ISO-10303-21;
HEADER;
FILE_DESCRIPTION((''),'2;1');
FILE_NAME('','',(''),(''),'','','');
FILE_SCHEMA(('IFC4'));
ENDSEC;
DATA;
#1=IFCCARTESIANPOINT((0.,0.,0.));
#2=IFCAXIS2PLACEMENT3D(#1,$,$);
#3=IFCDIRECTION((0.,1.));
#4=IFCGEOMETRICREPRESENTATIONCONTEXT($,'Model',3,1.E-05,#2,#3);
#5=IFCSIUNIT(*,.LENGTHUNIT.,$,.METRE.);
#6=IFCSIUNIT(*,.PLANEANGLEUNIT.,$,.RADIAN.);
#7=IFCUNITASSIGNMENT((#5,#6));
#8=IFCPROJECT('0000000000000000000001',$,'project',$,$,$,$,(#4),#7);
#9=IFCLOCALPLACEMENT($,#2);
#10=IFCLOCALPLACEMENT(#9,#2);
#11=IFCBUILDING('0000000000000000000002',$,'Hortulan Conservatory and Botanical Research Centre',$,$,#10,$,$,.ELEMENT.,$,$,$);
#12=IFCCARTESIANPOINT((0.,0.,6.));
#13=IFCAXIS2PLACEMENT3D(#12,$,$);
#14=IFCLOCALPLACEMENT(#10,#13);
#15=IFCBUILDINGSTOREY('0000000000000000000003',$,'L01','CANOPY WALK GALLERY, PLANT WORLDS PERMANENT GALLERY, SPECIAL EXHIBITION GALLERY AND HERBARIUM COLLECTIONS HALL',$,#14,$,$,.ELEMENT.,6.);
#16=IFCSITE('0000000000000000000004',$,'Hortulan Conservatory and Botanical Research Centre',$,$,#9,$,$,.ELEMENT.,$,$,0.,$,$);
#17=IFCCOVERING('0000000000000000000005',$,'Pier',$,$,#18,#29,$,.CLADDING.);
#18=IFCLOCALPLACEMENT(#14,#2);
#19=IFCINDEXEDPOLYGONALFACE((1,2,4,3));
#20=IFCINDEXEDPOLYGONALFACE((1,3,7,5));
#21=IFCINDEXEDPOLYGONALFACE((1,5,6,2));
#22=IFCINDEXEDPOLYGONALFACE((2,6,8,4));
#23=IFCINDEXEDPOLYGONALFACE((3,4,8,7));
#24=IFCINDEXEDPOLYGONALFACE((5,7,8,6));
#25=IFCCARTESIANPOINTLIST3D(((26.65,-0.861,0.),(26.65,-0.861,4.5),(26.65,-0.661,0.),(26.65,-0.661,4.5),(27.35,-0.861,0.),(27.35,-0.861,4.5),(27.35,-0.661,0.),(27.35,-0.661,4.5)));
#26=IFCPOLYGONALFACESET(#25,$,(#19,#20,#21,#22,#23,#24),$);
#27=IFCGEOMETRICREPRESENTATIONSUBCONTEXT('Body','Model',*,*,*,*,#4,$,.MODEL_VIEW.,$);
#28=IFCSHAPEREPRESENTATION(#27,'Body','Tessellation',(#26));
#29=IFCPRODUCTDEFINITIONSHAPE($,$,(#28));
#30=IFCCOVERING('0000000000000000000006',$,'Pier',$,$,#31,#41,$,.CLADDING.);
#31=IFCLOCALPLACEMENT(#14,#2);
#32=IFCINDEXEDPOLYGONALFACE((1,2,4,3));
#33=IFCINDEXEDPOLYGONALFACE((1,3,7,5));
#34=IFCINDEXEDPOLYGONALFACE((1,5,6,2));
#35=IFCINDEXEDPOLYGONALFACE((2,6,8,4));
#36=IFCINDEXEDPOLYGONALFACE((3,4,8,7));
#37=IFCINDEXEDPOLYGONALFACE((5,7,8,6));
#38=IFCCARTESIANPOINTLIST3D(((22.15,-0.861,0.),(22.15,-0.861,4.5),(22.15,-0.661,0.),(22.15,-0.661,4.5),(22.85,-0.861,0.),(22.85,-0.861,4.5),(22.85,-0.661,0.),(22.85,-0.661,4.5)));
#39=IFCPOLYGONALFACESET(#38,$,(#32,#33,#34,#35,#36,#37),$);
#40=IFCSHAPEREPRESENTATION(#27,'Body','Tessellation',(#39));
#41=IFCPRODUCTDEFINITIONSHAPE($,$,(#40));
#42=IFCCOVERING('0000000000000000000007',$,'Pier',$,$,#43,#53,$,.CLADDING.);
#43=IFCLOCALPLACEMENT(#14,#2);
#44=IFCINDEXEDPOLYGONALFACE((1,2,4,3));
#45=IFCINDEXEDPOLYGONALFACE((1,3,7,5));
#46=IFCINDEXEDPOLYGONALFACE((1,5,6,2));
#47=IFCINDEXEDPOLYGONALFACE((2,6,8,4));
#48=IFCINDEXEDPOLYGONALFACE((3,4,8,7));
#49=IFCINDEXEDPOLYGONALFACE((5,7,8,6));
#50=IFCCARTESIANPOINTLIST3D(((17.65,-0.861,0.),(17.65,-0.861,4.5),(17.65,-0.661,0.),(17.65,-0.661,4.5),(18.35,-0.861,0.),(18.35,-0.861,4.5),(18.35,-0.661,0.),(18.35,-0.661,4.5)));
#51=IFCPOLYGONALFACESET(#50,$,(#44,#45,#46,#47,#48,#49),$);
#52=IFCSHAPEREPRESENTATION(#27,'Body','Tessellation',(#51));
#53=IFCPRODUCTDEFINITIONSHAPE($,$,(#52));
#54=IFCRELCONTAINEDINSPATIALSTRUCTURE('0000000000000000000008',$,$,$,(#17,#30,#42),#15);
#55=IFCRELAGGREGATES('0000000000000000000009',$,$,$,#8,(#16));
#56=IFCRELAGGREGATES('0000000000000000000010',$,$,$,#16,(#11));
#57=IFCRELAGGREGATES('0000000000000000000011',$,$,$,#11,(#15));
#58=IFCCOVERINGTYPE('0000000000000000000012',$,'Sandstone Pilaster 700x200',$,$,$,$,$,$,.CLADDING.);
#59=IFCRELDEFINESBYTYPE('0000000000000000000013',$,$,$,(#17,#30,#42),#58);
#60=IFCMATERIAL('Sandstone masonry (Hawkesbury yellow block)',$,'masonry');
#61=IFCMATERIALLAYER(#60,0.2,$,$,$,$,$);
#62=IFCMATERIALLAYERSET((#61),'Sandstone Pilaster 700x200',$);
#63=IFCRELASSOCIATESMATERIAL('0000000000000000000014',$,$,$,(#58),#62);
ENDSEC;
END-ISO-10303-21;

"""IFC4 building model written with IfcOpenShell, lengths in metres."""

from ifc_helpers import new_model, si_unit, direction, frame, origin, origin_2d, place, context, subcontext, project, spatial, rectangle, extrude, material, layer, layer_set, type_object, element, save


model = new_model("IFC4")

# Units and contexts
model_context = context("Model", 3, precision=1e-05, world=origin(), true_north=direction((0.0, 1.0)))
body_context = subcontext(model_context, "Body", "Model", "MODEL_VIEW")
ifc_project = project(units=[si_unit("LENGTHUNIT", "METRE"), si_unit("PLANEANGLEUNIT", "RADIAN")], contexts=[model_context])

# Site, building, storey
site_placement = place(None, origin())
site = spatial("IfcSite", under=ifc_project, at=site_placement, Name="Hortulan Conservatory and Botanical Research Centre", CompositionType="ELEMENT", RefElevation=0.0)
building_placement = place(site_placement, origin())
building = spatial("IfcBuilding", under=site, at=building_placement, Name="Hortulan Conservatory and Botanical Research Centre", CompositionType="ELEMENT")
storey_placement = place(building_placement, frame((0.0, 0.0, 6.0)))
storey = spatial("IfcBuildingStorey", under=building, at=storey_placement, Name="L01", Description="CANOPY WALK GALLERY, PLANT WORLDS PERMANENT GALLERY, SPECIAL EXHIBITION GALLERY AND HERBARIUM COLLECTIONS HALL", CompositionType="ELEMENT", Elevation=6.0)

# Coverings
ifc_material_1 = material(Name="Sandstone masonry (Hawkesbury yellow block)", Category="masonry")
ifc_layer_1 = layer(ifc_material_1, 0.2)
ifc_layer_set_1 = layer_set([ifc_layer_1], Name="Sandstone Pilaster 700x200")
covering_type = type_object("IfcCoveringType", Name="Sandstone Pilaster 700x200", PredefinedType="CLADDING", material=ifc_layer_set_1)
for number, where, z_axis, x_axis, name in (
    (1, (27.0, -0.761, 0.0), (0.0, 0.0, 1.0), (-1.0, 0.0, 0.0), "Pier"),
    (2, (22.5, -0.761, 0.0), (0.0, 0.0, 1.0), (-1.0, 0.0, 0.0), "Pier"),
    (3, (18.0, -0.761, 0.0), (0.0, 0.0, 1.0), (-1.0, 0.0, 0.0), "Pier"),
):
    element("IfcCovering", number, at=place(storey_placement, frame(where, z_axis=z_axis, x_axis=x_axis)), inside=storey, type_object=covering_type, Name=name, PredefinedType="CLADDING", context=body_context, shape_type="SweptSolid", body=[
        extrude(rectangle(XDim=0.7, YDim=0.2, at=origin_2d()), origin(), (0.0, 0.0, 1.0), 4.5),
    ])

save(model, "model.ifc")
